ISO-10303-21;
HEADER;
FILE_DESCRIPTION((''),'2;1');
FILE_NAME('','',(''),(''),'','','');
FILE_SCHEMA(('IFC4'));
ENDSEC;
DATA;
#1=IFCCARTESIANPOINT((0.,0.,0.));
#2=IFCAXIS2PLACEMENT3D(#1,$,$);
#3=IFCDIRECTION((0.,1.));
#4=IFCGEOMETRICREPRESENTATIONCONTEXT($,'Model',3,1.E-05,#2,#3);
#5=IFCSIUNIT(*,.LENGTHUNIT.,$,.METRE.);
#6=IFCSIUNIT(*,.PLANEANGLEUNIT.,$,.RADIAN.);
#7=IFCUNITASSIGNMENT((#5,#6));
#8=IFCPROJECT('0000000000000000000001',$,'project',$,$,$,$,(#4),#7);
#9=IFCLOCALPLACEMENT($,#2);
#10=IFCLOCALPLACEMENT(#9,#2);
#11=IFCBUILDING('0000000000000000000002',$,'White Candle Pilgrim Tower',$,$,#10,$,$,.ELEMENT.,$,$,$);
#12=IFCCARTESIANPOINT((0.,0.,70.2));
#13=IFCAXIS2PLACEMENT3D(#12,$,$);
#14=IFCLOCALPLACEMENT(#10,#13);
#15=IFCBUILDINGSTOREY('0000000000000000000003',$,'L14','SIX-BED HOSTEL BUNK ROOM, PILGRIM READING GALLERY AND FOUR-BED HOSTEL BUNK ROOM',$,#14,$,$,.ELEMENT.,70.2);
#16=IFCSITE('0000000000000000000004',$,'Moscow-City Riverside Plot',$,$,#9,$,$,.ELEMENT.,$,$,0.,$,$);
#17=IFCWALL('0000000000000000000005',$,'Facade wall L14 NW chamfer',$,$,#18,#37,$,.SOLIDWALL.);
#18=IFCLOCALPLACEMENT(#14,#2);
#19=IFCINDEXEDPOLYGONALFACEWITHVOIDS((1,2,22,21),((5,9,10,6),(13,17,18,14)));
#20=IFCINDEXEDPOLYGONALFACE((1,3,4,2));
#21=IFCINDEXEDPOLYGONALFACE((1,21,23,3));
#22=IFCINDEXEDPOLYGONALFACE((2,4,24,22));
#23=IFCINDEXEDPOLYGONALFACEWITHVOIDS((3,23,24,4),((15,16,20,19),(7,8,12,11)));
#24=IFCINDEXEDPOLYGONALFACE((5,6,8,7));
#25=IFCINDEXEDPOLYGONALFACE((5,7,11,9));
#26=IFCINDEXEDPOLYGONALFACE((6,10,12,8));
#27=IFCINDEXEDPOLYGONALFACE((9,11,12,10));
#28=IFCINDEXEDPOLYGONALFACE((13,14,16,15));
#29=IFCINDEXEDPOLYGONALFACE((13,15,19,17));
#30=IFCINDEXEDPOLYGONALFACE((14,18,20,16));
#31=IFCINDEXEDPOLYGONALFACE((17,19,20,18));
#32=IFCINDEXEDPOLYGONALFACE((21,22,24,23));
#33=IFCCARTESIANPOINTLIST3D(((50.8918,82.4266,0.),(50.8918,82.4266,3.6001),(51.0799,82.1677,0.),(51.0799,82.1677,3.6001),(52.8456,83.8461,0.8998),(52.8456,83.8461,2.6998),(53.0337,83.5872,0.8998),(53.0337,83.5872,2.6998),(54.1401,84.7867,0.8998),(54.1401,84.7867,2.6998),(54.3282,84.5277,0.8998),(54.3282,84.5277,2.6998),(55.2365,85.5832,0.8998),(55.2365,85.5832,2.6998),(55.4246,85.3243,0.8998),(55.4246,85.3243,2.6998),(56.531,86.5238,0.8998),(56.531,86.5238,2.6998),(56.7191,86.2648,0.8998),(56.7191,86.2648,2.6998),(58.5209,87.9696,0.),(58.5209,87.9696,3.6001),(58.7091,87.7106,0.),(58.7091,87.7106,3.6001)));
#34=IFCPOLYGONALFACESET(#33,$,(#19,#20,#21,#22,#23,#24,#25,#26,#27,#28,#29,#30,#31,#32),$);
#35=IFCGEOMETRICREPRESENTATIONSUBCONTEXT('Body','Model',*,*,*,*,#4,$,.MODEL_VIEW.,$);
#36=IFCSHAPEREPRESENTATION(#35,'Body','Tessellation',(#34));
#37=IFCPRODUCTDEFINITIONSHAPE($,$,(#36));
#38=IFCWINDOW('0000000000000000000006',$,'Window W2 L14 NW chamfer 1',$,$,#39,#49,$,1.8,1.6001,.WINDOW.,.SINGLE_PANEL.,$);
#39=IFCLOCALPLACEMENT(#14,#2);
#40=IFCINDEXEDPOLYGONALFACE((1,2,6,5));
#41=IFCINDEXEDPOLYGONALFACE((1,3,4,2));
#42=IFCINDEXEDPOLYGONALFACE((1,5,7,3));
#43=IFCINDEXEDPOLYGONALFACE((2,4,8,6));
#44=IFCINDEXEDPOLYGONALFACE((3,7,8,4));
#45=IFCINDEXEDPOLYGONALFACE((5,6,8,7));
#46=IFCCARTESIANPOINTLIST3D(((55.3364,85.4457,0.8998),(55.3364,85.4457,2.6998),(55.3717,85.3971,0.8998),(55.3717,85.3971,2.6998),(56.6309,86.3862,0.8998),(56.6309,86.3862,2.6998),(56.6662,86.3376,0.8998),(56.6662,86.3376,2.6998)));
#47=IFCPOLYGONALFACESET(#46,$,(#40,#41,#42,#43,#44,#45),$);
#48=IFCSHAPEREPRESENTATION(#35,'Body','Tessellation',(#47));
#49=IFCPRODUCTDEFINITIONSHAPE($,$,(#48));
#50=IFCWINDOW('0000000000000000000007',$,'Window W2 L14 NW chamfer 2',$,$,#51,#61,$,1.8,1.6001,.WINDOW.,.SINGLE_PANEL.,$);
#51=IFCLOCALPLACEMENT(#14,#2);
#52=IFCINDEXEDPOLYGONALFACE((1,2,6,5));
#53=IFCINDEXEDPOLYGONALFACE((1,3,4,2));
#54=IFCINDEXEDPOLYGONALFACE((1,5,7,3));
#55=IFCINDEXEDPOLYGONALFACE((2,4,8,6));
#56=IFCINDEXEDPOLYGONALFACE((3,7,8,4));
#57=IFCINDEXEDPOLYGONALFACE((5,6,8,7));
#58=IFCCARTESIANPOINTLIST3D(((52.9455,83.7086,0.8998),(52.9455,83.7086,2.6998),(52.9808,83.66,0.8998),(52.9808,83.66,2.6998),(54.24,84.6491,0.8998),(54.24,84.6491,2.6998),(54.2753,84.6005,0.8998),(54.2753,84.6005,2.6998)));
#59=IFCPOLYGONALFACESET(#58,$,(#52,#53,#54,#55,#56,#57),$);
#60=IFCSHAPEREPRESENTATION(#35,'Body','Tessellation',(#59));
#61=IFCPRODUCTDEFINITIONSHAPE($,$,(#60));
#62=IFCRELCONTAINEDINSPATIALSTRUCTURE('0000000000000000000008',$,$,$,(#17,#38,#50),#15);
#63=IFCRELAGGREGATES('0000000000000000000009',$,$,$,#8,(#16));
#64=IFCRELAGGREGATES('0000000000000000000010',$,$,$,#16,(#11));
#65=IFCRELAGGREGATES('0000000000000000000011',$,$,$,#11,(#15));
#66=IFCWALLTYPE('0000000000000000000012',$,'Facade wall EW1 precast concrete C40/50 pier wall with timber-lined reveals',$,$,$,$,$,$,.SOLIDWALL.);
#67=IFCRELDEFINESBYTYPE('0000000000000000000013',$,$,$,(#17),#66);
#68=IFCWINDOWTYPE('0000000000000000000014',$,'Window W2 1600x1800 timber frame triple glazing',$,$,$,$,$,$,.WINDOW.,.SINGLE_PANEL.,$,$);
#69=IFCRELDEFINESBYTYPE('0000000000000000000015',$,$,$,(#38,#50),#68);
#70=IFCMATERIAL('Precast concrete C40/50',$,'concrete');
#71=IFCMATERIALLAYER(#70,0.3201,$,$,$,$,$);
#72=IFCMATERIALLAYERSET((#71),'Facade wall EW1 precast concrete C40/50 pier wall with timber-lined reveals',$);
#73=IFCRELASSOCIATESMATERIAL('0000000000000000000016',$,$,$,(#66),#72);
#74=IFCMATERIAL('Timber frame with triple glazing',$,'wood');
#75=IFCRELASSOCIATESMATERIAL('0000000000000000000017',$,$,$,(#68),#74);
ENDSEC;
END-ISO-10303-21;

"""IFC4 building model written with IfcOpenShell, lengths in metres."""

from ifc_helpers import new_model, si_unit, direction, frame, frame_2d, origin, place, context, subcontext, project, spatial, rectangle, extrude, material, layer, layer_set, type_object, element, fill, save


model = new_model("IFC4")

# Units and contexts
model_context = context("Model", 3, precision=1e-05, world=origin(), true_north=direction((0.0, 1.0)))
body_context = subcontext(model_context, "Body", "Model", "MODEL_VIEW")
ifc_project = project(units=[si_unit("LENGTHUNIT", "METRE"), si_unit("PLANEANGLEUNIT", "RADIAN")], contexts=[model_context])

# Site, building, storey
site_placement = place(None, origin())
site = spatial("IfcSite", under=ifc_project, at=site_placement, Name="Moscow-City Riverside Plot", CompositionType="ELEMENT", RefElevation=0.0)
building_placement = place(site_placement, origin())
building = spatial("IfcBuilding", under=site, at=building_placement, Name="White Candle Pilgrim Tower", CompositionType="ELEMENT")
storey_placement = place(building_placement, frame((0.0, 0.0, 70.2)))
storey = spatial("IfcBuildingStorey", under=building, at=storey_placement, Name="L14", Description="SIX-BED HOSTEL BUNK ROOM, PILGRIM READING GALLERY AND FOUR-BED HOSTEL BUNK ROOM", CompositionType="ELEMENT", Elevation=70.2)

# Wall, openings, windows
ifc_material_1 = material(Name="Precast concrete C40/50", Category="concrete")
ifc_layer_1 = layer(ifc_material_1, 0.3201)
ifc_layer_set_1 = layer_set([ifc_layer_1], Name="Facade wall EW1 precast concrete C40/50 pier wall with timber-lined reveals")
wall_type_1 = type_object("IfcWallType", Name="Facade wall EW1 precast concrete C40/50 pier wall with timber-lined reveals", PredefinedType="SOLIDWALL", material=ifc_layer_set_1)
wall_1_placement = place(storey_placement, frame((58.615, 87.8401, 0.0), z_axis=(0.0, 0.0, 1.0), x_axis=(-0.809014, -0.58779, 0.0)))
wall_1 = element("IfcWall", 1, at=wall_1_placement, inside=storey, type_object=wall_type_1, Name="Facade wall L14 NW chamfer", PredefinedType="SOLIDWALL", context=body_context, shape_type="SweptSolid", body=[
    extrude(rectangle(XDim=9.4302, YDim=0.3201, at=frame_2d((4.7151, 0.0))), origin(), (0.0, 0.0, 1.0), 3.6001),
])
opening_1_placement = place(wall_1_placement, frame((2.4597, 0.0, 0.8999)))
opening_1 = element("IfcOpeningElement", 2, at=opening_1_placement, cuts=wall_1, PredefinedType="OPENING", context=body_context, shape_type="SweptSolid", body=[
    extrude(rectangle(XDim=1.6001, YDim=1.8, at=frame_2d((0.8, 0.8999))), frame((0.0, 0.1699, 0.0), z_axis=(0.0, -1.0, 0.0), x_axis=(1.0, 0.0, 0.0)), (0.0, 0.0, 1.0), 0.3401),
])
opening_2_placement = place(wall_1_placement, frame((5.415, 0.0, 0.8999)))
opening_2 = element("IfcOpeningElement", 3, at=opening_2_placement, cuts=wall_1, PredefinedType="OPENING", context=body_context, shape_type="SweptSolid", body=[
    extrude(rectangle(XDim=1.6001, YDim=1.8, at=frame_2d((0.8, 0.8999))), frame((0.0, 0.1699, 0.0), z_axis=(0.0, -1.0, 0.0), x_axis=(1.0, 0.0, 0.0)), (0.0, 0.0, 1.0), 0.3401),
])
ifc_material_2 = material(Name="Timber frame with triple glazing", Category="wood")
window_type_1 = type_object("IfcWindowType", Name="Window W2 1600x1800 timber frame triple glazing", PartitioningType="SINGLE_PANEL", PredefinedType="WINDOW", material=ifc_material_2)
window_1_placement = place(opening_1_placement, origin())
window_1 = element("IfcWindow", 4, at=window_1_placement, inside=storey, type_object=window_type_1, Name="Window W2 L14 NW chamfer 1", OverallHeight=1.8, OverallWidth=1.6001, PartitioningType="SINGLE_PANEL", PredefinedType="WINDOW", context=body_context, shape_type="SweptSolid", body=[
    extrude(rectangle(XDim=1.6001, YDim=1.8, at=frame_2d((0.8, 0.8999))), frame((0.0, 0.0701, 0.0), z_axis=(0.0, -1.0, 0.0), x_axis=(1.0, 0.0, 0.0)), (0.0, 0.0, 1.0), 0.0601),
])
fill(opening_1, window_1)
window_2_placement = place(opening_2_placement, origin())
window_2 = element("IfcWindow", 5, at=window_2_placement, inside=storey, type_object=window_type_1, Name="Window W2 L14 NW chamfer 2", OverallHeight=1.8, OverallWidth=1.6001, PartitioningType="SINGLE_PANEL", PredefinedType="WINDOW", context=body_context, shape_type="SweptSolid", body=[
    extrude(rectangle(XDim=1.6001, YDim=1.8, at=frame_2d((0.8, 0.8999))), frame((0.0, 0.0701, 0.0), z_axis=(0.0, -1.0, 0.0), x_axis=(1.0, 0.0, 0.0)), (0.0, 0.0, 1.0), 0.0601),
])
fill(opening_2, window_2)

save(model, "model.ifc")
